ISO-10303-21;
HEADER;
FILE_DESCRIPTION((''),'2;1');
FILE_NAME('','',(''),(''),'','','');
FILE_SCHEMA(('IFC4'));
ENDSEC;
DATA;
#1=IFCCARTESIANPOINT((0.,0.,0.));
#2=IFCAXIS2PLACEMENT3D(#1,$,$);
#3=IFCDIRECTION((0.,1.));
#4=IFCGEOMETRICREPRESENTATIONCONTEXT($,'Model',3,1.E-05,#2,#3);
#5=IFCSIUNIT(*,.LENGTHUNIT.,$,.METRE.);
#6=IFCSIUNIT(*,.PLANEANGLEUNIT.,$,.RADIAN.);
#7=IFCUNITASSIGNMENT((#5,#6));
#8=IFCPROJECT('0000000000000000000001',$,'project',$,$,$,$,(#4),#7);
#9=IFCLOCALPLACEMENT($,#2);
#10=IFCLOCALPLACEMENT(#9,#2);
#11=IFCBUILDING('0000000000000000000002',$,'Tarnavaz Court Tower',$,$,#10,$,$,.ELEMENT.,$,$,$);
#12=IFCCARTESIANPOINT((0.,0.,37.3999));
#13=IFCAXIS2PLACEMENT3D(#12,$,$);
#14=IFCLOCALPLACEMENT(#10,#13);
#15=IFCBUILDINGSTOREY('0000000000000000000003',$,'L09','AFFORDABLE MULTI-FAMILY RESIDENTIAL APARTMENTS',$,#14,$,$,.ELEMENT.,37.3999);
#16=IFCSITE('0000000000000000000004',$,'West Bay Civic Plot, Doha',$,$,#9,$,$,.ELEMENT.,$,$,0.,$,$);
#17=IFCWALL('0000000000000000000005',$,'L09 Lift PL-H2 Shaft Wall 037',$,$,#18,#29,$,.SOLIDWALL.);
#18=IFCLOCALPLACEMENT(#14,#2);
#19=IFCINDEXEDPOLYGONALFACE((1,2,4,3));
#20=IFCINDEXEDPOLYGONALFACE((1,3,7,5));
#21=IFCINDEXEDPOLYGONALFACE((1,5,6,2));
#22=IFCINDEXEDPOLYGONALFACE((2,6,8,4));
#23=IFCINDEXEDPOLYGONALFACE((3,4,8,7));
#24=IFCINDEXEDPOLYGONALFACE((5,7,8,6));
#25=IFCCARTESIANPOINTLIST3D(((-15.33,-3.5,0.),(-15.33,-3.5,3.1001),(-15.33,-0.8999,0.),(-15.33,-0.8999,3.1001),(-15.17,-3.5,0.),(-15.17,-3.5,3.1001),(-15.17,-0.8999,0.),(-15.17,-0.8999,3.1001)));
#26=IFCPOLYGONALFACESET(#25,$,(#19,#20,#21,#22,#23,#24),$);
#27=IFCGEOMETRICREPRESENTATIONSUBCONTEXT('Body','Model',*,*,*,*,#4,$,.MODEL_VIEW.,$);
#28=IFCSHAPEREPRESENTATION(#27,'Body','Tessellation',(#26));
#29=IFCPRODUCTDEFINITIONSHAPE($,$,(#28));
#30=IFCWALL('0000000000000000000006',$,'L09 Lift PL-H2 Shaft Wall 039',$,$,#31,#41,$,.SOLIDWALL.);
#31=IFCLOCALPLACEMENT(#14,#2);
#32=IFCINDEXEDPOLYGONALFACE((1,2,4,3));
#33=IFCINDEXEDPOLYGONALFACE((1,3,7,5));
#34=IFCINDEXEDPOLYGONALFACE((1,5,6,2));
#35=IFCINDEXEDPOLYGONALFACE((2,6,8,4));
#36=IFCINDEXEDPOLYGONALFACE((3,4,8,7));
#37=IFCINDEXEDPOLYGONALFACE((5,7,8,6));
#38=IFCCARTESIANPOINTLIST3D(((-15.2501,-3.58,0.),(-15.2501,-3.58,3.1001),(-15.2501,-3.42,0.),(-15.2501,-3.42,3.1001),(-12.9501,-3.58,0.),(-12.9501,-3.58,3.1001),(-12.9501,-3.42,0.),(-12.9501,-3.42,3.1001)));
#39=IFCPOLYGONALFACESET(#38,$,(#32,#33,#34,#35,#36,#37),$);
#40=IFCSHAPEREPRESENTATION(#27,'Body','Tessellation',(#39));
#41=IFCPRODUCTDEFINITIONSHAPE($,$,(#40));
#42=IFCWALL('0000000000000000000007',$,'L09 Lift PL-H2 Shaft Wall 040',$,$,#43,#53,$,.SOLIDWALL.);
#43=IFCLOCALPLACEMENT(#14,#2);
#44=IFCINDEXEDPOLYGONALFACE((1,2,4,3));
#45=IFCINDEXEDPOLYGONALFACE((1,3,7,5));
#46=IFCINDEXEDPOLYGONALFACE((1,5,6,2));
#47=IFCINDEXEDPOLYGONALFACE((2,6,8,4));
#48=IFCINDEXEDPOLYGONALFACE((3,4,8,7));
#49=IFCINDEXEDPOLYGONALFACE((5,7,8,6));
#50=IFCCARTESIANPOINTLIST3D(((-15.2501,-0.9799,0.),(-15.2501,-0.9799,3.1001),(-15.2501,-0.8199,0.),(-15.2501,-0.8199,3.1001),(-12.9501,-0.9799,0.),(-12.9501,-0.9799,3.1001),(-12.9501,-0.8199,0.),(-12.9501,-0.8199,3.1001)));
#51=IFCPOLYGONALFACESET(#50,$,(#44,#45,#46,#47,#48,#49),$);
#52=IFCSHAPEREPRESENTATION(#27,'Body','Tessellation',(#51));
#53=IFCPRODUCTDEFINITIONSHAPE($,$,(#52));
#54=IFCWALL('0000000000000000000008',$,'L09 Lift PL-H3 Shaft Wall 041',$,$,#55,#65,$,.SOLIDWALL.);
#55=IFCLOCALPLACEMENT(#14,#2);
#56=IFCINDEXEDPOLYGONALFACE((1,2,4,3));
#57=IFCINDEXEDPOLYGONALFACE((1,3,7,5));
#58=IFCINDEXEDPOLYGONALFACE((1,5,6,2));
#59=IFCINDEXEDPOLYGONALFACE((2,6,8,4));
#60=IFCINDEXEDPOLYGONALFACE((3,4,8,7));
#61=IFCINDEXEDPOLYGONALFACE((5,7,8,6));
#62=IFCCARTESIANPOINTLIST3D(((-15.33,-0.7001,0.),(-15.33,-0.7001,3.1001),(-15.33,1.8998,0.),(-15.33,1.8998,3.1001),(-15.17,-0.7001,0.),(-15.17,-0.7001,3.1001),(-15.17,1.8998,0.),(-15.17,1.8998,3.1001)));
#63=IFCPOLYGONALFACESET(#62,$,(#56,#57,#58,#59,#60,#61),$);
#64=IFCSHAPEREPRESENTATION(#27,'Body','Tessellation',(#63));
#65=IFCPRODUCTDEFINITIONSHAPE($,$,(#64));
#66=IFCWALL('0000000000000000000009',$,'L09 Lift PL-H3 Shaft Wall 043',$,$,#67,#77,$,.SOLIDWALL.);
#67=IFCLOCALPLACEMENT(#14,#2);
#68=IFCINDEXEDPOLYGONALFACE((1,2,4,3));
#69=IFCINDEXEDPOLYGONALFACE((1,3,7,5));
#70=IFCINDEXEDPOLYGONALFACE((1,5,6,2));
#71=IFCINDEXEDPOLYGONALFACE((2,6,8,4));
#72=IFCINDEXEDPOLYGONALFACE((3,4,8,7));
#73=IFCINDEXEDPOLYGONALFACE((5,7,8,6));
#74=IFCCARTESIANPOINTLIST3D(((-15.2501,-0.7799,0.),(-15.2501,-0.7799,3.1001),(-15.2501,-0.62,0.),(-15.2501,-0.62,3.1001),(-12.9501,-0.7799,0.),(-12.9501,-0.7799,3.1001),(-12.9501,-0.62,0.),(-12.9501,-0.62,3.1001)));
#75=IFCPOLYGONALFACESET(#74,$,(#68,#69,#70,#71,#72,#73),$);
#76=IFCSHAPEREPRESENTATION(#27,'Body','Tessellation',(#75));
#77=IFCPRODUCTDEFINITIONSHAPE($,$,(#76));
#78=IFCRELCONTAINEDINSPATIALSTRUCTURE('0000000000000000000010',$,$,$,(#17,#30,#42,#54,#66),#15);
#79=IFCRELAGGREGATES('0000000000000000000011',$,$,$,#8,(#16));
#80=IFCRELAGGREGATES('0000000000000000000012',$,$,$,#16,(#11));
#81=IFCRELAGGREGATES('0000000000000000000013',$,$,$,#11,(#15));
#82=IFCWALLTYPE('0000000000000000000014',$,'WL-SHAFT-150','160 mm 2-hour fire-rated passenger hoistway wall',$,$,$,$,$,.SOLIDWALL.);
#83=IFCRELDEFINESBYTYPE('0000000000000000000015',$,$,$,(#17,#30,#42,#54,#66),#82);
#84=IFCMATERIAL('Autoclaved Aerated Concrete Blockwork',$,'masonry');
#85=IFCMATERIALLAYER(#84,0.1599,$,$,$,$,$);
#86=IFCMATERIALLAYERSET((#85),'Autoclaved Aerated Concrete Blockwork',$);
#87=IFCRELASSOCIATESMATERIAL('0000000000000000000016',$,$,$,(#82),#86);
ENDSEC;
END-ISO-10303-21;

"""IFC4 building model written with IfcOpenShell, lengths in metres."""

from ifc_helpers import new_model, si_unit, direction, frame, frame_2d, origin, place, context, subcontext, project, spatial, rectangle, extrude, material, layer, layer_set, type_object, element, save


model = new_model("IFC4")

# Units and contexts
model_context = context("Model", 3, precision=1e-05, world=origin(), true_north=direction((0.0, 1.0)))
body_context = subcontext(model_context, "Body", "Model", "MODEL_VIEW")
ifc_project = project(units=[si_unit("LENGTHUNIT", "METRE"), si_unit("PLANEANGLEUNIT", "RADIAN")], contexts=[model_context])

# Site, building, storey
site_placement = place(None, origin())
site = spatial("IfcSite", under=ifc_project, at=site_placement, Name="West Bay Civic Plot, Doha", CompositionType="ELEMENT", RefElevation=0.0)
building_placement = place(site_placement, origin())
building = spatial("IfcBuilding", under=site, at=building_placement, Name="Tarnavaz Court Tower", CompositionType="ELEMENT")
storey_placement = place(building_placement, frame((0.0, 0.0, 37.3999)))
storey = spatial("IfcBuildingStorey", under=building, at=storey_placement, Name="L09", Description="AFFORDABLE MULTI-FAMILY RESIDENTIAL APARTMENTS", CompositionType="ELEMENT", Elevation=37.3999)

# Walls
ifc_material_1 = material(Name="Autoclaved Aerated Concrete Blockwork", Category="masonry")
ifc_layer_1 = layer(ifc_material_1, 0.1599)
ifc_layer_set_1 = layer_set([ifc_layer_1], Name="Autoclaved Aerated Concrete Blockwork")
wall_type_1 = type_object("IfcWallType", Name="WL-SHAFT-150", Description="160 mm 2-hour fire-rated passenger hoistway wall", PredefinedType="SOLIDWALL", material=ifc_layer_set_1)
wall_1_placement = place(storey_placement, frame((-15.25, -3.5, 0.0), z_axis=(0.0, 0.0, 1.0), x_axis=(0.0, 1.0, 0.0)))
element("IfcWall", 1, at=wall_1_placement, inside=storey, type_object=wall_type_1, Name="L09 Lift PL-H2 Shaft Wall 037", PredefinedType="SOLIDWALL", context=body_context, shape_type="SweptSolid", body=[
    extrude(rectangle(XDim=2.6001, YDim=0.1599, at=frame_2d((1.3, 0.0))), origin(), (0.0, 0.0, 1.0), 3.1001),
])
for number, where, z_axis, x_axis, name in (
    (2, (-15.25, -3.5, 0.0), (0.0, 0.0, 1.0), (1.0, 0.0, 0.0), "L09 Lift PL-H2 Shaft Wall 039"),
    (3, (-15.25, -0.8999, 0.0), (0.0, 0.0, 1.0), (1.0, 0.0, 0.0), "L09 Lift PL-H2 Shaft Wall 040"),
):
    element("IfcWall", number, at=place(storey_placement, frame(where, z_axis=z_axis, x_axis=x_axis)), inside=storey, type_object=wall_type_1, Name=name, PredefinedType="SOLIDWALL", context=body_context, shape_type="SweptSolid", body=[
        extrude(rectangle(XDim=2.3, YDim=0.1599, at=frame_2d((1.1499, 0.0))), origin(), (0.0, 0.0, 1.0), 3.1001),
    ])
wall_2_placement = place(storey_placement, frame((-15.25, -0.7, 0.0), z_axis=(0.0, 0.0, 1.0), x_axis=(0.0, 1.0, 0.0)))
element("IfcWall", 4, at=wall_2_placement, inside=storey, type_object=wall_type_1, Name="L09 Lift PL-H3 Shaft Wall 041", PredefinedType="SOLIDWALL", context=body_context, shape_type="SweptSolid", body=[
    extrude(rectangle(XDim=2.5999, YDim=0.1599, at=frame_2d((1.2998, 0.0))), origin(), (0.0, 0.0, 1.0), 3.1001),
])
wall_3_placement = place(storey_placement, frame((-15.25, -0.7, 0.0), z_axis=(0.0, 0.0, 1.0), x_axis=(1.0, 0.0, 0.0)))
element("IfcWall", 5, at=wall_3_placement, inside=storey, type_object=wall_type_1, Name="L09 Lift PL-H3 Shaft Wall 043", PredefinedType="SOLIDWALL", context=body_context, shape_type="SweptSolid", body=[
    extrude(rectangle(XDim=2.3, YDim=0.1599, at=frame_2d((1.1499, 0.0))), origin(), (0.0, 0.0, 1.0), 3.1001),
])

save(model, "model.ifc")
